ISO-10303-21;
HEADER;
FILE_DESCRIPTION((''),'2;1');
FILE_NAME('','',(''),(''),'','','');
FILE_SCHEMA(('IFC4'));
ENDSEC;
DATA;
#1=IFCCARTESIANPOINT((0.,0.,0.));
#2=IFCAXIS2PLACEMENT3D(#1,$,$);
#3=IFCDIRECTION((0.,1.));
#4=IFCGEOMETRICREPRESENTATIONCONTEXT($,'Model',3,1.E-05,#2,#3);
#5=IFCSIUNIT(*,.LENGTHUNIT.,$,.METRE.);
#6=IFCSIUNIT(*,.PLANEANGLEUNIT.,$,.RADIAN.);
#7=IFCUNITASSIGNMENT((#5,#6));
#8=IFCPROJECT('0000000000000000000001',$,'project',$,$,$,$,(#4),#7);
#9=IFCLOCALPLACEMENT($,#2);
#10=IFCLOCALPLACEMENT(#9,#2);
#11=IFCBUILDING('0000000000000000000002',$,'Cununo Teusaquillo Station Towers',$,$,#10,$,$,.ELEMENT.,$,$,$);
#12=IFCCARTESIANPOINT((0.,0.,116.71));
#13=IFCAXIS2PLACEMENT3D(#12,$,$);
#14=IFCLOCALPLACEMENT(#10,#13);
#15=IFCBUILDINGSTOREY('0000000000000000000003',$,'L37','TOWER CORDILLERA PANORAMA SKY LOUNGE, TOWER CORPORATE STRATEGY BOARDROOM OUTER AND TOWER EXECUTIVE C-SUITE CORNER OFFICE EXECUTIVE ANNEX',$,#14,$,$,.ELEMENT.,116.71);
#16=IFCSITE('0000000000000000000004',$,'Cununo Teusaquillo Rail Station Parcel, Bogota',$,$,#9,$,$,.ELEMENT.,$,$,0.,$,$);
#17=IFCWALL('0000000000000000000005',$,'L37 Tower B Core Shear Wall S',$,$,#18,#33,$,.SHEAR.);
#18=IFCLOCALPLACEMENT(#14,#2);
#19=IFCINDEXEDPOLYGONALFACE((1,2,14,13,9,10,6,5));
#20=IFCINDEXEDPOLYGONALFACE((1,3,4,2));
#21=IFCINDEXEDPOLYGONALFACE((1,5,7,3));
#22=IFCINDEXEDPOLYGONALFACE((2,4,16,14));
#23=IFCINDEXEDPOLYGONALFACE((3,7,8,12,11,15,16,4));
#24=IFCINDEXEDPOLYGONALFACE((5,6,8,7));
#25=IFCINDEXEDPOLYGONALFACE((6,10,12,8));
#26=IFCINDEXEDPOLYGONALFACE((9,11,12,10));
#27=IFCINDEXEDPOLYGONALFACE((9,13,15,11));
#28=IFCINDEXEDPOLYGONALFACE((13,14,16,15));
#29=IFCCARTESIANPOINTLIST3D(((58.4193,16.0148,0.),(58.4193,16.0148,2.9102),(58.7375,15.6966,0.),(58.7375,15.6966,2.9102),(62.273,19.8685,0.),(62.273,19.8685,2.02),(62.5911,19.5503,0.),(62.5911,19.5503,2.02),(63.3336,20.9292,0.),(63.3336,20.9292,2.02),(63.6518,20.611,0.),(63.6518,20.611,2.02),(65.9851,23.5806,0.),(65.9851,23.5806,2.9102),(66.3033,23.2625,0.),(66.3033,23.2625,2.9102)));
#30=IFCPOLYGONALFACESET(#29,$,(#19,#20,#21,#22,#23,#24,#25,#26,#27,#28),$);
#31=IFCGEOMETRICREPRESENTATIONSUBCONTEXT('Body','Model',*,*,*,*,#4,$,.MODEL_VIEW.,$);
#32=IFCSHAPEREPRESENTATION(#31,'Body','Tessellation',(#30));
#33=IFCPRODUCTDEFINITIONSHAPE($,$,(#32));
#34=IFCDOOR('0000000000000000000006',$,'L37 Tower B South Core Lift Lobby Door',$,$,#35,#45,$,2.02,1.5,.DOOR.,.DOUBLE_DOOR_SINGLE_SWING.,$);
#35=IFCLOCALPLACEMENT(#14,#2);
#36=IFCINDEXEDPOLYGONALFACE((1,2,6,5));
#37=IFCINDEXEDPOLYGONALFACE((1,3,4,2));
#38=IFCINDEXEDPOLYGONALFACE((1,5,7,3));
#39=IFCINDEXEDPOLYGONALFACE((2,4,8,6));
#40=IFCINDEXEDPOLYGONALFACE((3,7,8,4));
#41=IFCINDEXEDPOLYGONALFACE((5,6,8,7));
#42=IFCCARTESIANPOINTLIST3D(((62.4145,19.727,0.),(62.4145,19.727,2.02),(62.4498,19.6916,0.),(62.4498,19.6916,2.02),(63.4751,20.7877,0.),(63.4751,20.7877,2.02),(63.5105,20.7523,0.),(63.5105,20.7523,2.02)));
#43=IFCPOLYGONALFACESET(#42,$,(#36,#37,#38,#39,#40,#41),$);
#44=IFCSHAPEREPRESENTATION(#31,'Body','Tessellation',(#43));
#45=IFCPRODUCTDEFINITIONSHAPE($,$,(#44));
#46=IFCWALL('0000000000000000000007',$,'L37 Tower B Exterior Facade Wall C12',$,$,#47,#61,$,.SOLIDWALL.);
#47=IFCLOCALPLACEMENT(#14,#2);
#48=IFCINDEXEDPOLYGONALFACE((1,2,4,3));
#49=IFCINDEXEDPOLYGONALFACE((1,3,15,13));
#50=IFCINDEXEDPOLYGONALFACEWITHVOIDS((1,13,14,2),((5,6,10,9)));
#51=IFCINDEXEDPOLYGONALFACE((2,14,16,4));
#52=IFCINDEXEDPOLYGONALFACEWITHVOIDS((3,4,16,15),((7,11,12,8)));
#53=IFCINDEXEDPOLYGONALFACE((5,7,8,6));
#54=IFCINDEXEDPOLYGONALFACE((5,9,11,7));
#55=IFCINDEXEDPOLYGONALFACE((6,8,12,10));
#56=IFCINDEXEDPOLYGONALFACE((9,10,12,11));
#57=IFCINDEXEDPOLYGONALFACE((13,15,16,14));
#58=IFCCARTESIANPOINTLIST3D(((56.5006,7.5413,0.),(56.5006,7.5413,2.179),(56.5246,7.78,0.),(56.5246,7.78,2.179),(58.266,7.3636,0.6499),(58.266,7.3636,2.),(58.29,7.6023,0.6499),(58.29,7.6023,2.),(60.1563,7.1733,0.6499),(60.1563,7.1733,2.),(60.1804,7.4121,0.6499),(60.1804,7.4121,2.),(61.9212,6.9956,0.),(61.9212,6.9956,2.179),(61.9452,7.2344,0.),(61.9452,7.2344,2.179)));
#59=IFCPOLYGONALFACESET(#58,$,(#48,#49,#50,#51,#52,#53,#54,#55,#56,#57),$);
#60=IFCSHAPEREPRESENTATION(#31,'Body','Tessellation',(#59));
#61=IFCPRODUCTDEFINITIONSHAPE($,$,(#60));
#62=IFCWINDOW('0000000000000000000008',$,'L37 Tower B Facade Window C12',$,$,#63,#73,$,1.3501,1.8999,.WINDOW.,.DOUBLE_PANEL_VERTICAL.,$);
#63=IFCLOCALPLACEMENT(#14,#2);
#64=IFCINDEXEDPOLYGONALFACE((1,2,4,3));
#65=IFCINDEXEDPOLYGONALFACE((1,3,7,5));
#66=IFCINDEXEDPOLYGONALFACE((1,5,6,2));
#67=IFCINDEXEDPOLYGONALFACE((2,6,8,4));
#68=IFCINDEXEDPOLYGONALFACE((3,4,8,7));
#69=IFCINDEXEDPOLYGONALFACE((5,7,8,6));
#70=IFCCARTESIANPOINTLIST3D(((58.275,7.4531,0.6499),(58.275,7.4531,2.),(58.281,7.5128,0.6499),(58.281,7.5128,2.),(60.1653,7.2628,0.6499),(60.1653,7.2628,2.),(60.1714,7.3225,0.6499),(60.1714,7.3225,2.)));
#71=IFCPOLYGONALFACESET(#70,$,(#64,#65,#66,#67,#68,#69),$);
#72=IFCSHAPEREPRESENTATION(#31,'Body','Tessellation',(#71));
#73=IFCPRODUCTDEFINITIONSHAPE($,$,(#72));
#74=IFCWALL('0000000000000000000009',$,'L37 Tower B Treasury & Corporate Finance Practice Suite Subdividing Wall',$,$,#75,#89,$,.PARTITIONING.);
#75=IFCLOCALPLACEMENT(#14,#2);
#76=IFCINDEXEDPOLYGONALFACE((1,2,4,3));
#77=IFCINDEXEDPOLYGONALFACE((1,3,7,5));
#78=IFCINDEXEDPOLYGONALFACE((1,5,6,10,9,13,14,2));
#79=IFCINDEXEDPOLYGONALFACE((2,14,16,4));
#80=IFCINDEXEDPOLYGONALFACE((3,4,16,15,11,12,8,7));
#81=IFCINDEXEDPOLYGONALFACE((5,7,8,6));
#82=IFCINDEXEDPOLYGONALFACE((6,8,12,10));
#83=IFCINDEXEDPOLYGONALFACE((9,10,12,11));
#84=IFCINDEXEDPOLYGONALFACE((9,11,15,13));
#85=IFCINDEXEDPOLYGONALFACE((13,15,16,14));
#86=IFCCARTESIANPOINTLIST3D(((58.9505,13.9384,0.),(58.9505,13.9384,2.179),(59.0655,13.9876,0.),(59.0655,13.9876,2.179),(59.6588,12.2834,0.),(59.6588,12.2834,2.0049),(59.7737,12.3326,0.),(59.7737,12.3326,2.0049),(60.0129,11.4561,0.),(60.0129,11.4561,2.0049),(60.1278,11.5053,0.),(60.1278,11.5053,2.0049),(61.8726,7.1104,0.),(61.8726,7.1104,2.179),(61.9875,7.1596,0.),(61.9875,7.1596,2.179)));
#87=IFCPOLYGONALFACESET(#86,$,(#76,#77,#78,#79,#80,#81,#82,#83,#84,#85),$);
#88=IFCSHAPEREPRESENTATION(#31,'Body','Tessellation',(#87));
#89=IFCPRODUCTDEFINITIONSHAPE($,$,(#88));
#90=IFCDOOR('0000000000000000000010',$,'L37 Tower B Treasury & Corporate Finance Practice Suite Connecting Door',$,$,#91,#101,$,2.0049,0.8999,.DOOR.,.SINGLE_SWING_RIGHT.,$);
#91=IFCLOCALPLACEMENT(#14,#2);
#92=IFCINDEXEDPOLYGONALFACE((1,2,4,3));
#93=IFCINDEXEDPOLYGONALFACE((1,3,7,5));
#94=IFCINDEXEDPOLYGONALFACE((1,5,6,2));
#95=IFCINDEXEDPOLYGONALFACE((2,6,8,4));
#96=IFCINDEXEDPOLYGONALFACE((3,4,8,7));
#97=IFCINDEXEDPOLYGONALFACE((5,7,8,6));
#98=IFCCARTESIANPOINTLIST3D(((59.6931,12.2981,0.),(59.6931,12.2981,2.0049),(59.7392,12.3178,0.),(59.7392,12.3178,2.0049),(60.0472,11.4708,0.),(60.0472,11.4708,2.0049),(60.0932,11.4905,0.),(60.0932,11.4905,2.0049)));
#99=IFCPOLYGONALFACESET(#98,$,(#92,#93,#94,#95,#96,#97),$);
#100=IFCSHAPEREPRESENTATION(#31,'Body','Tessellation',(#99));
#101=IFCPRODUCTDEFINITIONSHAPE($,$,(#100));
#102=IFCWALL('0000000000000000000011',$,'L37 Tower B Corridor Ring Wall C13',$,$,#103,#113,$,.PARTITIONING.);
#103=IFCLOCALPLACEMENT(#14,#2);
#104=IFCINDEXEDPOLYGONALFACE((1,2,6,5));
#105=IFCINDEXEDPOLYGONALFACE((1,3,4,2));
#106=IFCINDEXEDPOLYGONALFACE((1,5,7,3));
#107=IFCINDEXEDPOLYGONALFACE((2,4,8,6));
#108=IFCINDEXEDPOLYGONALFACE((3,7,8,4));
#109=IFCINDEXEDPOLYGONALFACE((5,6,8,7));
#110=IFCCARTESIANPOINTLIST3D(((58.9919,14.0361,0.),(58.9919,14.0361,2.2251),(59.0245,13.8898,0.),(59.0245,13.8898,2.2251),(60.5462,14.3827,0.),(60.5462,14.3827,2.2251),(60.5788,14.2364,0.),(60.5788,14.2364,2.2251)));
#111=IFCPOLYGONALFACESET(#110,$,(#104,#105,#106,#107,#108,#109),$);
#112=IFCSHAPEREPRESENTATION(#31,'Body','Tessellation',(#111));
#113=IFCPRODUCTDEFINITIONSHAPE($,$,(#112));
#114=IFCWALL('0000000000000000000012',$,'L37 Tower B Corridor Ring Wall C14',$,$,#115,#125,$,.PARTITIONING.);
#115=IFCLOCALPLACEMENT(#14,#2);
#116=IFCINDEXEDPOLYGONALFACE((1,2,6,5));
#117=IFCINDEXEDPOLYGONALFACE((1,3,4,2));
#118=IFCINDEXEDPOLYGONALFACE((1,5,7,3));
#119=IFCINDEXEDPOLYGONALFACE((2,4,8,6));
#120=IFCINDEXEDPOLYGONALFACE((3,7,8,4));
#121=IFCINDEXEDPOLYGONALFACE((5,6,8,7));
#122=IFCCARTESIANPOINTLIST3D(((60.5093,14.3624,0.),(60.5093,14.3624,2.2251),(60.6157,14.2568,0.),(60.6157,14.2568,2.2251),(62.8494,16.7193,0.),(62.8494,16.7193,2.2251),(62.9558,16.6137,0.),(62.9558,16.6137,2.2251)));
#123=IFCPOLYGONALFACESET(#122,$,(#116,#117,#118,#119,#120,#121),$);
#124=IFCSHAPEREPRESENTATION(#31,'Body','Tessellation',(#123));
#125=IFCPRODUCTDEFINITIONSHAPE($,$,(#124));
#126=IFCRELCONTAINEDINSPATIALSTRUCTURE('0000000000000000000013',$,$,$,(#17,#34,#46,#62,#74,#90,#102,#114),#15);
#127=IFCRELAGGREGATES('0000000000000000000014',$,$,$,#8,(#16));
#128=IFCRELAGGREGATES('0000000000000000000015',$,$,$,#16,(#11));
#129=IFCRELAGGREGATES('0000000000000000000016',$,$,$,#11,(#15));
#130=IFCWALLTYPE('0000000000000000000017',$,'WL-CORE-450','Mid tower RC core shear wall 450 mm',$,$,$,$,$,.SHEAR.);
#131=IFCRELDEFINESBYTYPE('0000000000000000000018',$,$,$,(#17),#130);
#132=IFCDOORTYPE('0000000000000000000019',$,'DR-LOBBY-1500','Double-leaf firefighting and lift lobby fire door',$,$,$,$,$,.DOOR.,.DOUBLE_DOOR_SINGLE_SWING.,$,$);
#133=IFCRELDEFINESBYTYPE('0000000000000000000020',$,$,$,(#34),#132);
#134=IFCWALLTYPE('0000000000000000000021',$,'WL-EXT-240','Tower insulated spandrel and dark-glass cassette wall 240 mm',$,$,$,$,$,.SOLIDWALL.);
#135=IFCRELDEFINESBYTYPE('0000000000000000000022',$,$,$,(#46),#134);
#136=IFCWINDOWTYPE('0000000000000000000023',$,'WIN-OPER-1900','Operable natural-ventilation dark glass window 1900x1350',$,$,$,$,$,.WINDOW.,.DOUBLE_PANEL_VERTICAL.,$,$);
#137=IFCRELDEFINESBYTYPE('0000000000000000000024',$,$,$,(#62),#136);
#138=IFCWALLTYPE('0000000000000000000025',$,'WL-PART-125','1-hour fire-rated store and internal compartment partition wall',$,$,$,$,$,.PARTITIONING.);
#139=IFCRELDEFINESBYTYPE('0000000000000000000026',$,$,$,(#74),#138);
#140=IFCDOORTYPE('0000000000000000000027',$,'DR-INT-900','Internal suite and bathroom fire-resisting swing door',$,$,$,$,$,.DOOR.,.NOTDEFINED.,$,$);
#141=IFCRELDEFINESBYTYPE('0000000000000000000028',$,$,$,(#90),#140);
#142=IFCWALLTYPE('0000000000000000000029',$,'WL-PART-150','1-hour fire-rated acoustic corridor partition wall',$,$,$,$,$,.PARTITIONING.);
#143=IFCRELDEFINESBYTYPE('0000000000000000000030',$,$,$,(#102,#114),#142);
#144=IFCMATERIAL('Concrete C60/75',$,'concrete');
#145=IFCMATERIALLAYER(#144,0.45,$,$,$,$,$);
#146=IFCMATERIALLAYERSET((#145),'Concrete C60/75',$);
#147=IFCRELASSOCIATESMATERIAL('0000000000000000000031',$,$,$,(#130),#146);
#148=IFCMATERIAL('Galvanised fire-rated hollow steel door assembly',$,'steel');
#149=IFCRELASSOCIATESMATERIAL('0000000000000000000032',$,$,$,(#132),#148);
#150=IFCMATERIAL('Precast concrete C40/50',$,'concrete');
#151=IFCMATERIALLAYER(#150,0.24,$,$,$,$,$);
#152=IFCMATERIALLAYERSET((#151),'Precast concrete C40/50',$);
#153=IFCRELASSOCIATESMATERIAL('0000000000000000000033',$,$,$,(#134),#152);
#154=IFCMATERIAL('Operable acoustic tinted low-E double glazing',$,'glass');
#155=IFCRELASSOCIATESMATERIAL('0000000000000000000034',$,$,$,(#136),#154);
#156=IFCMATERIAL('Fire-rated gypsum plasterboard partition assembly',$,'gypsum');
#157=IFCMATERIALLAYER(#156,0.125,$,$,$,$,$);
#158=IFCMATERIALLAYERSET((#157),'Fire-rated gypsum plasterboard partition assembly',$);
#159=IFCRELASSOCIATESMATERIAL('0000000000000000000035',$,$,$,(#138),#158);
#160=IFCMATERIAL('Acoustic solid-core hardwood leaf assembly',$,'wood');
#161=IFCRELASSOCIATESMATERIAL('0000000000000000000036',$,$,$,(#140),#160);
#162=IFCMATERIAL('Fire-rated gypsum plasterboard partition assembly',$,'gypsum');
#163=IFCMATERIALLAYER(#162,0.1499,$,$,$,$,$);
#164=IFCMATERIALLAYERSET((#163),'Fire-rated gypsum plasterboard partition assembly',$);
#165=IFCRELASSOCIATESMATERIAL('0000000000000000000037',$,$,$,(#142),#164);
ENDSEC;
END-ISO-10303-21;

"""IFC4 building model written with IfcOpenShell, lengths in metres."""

from ifc_helpers import new_model, si_unit, direction, frame, frame_2d, origin, place, context, subcontext, project, spatial, rectangle, extrude, source, transform, mapped, material, layer, layer_set, type_object, element, fill, save


model = new_model("IFC4")

# Units and contexts
model_context = context("Model", 3, precision=1e-05, world=origin(), true_north=direction((0.0, 1.0)))
body_context = subcontext(model_context, "Body", "Model", "MODEL_VIEW")
ifc_project = project(units=[si_unit("LENGTHUNIT", "METRE"), si_unit("PLANEANGLEUNIT", "RADIAN")], contexts=[model_context])

# Site, building, storey
site_placement = place(None, origin())
site = spatial("IfcSite", under=ifc_project, at=site_placement, Name="Cununo Teusaquillo Rail Station Parcel, Bogota", CompositionType="ELEMENT", RefElevation=0.0)
building_placement = place(site_placement, origin())
building = spatial("IfcBuilding", under=site, at=building_placement, Name="Cununo Teusaquillo Station Towers", CompositionType="ELEMENT")
storey_placement = place(building_placement, frame((0.0, 0.0, 116.71)))
storey = spatial("IfcBuildingStorey", under=building, at=storey_placement, Name="L37", Description="TOWER CORDILLERA PANORAMA SKY LOUNGE, TOWER CORPORATE STRATEGY BOARDROOM OUTER AND TOWER EXECUTIVE C-SUITE CORNER OFFICE EXECUTIVE ANNEX", CompositionType="ELEMENT", Elevation=116.71)

# Shared definitions
ifc_material_1 = material(Name="Concrete C60/75", Category="concrete")
ifc_layer_1 = layer(ifc_material_1, 0.45)
ifc_layer_set_1 = layer_set([ifc_layer_1], Name="Concrete C60/75")
wall_type_1 = type_object("IfcWallType", Name="WL-CORE-450", Description="Mid tower RC core shear wall 450 mm", PredefinedType="SHEAR", material=ifc_layer_set_1)

# Wall, opening, door
wall_1_placement = place(storey_placement, frame((58.5784, 15.8557, 0.0), z_axis=(0.0, 0.0, 1.0), x_axis=(0.707107, 0.707107, 0.0)))
wall_1 = element("IfcWall", 1, at=wall_1_placement, inside=storey, type_object=wall_type_1, Name="L37 Tower B Core Shear Wall S", PredefinedType="SHEAR", context=body_context, shape_type="SweptSolid", body=[
    extrude(rectangle(XDim=10.6997, YDim=0.45, at=frame_2d((5.3499, 0.0))), origin(), (0.0, 0.0, 1.0), 2.9102),
])
shared_shape_1 = source(origin(), body_context, "Body", "SweptSolid", [
    extrude(rectangle(XDim=1.5, YDim=2.02, at=frame_2d((0.75, 1.01))), frame((0.0, 0.2349, 0.0), z_axis=(0.0, -1.0, 0.0), x_axis=(1.0, 0.0, 0.0)), (0.0, 0.0, 1.0), 0.47),
])
opening_1_placement = place(wall_1_placement, frame((5.45, 0.0, 0.0)))
opening_1 = element("IfcOpeningElement", 2, at=opening_1_placement, cuts=wall_1, PredefinedType="OPENING", context=body_context, shape_type="MappedRepresentation", body=[
    mapped(shared_shape_1, transform((0.0, 0.0, 0.0), x_axis=(1.0, 0.0, 0.0), y_axis=(0.0, 1.0, 0.0), z_axis=(0.0, 0.0, 1.0), scale=1.0)),
])
ifc_material_2 = material(Name="Galvanised fire-rated hollow steel door assembly", Category="steel")
door_type_1 = type_object("IfcDoorType", Name="DR-LOBBY-1500", Description="Double-leaf firefighting and lift lobby fire door", OperationType="DOUBLE_DOOR_SINGLE_SWING", PredefinedType="DOOR", material=ifc_material_2)
shared_shape_2 = source(origin(), body_context, "Body", "SweptSolid", [
    extrude(rectangle(XDim=1.5, YDim=2.02, at=frame_2d((0.75, 1.01))), frame((0.0, 0.0249, 0.0), z_axis=(0.0, -1.0, 0.0), x_axis=(1.0, 0.0, 0.0)), (0.0, 0.0, 1.0), 0.05),
])
door_1_placement = place(opening_1_placement, origin())
door_1 = element("IfcDoor", 3, at=door_1_placement, inside=storey, type_object=door_type_1, Name="L37 Tower B South Core Lift Lobby Door", OperationType="DOUBLE_DOOR_SINGLE_SWING", OverallHeight=2.02, OverallWidth=1.5, PredefinedType="DOOR", context=body_context, shape_type="MappedRepresentation", body=[
    mapped(shared_shape_2, transform((0.0, 0.0, 0.0), x_axis=(1.0, 0.0, 0.0), y_axis=(0.0, 1.0, 0.0), z_axis=(0.0, 0.0, 1.0), scale=1.0)),
])
fill(opening_1, door_1)

# Wall, opening, window
ifc_material_3 = material(Name="Precast concrete C40/50", Category="concrete")
ifc_layer_2 = layer(ifc_material_3, 0.24)
ifc_layer_set_2 = layer_set([ifc_layer_2], Name="Precast concrete C40/50")
wall_type_2 = type_object("IfcWallType", Name="WL-EXT-240", Description="Tower insulated spandrel and dark-glass cassette wall 240 mm", PredefinedType="SOLIDWALL", material=ifc_layer_set_2)
wall_2_placement = place(storey_placement, frame((61.9333, 7.115, 0.0), z_axis=(0.0, 0.0, 1.0), x_axis=(-0.994972, 0.100156, 0.0)))
wall_2 = element("IfcWall", 4, at=wall_2_placement, inside=storey, type_object=wall_type_2, Name="L37 Tower B Exterior Facade Wall C12", PredefinedType="SOLIDWALL", context=body_context, shape_type="SweptSolid", body=[
    extrude(rectangle(XDim=5.448, YDim=0.24, at=frame_2d((2.7241, 0.0))), origin(), (0.0, 0.0, 1.0), 2.179),
])
shared_shape_3 = source(origin(), body_context, "Body", "SweptSolid", [
    extrude(rectangle(XDim=1.8999, YDim=1.3501, at=frame_2d((0.95, 0.675))), frame((0.0, 0.1299, 0.0), z_axis=(0.0, -1.0, 0.0), x_axis=(1.0, 0.0, 0.0)), (0.0, 0.0, 1.0), 0.26),
])
opening_2_placement = place(wall_2_placement, frame((1.7739, 0.0, 0.6499)))
opening_2 = element("IfcOpeningElement", 5, at=opening_2_placement, cuts=wall_2, PredefinedType="OPENING", context=body_context, shape_type="MappedRepresentation", body=[
    mapped(shared_shape_3, transform((0.0, 0.0, 0.0), x_axis=(1.0, 0.0, 0.0), y_axis=(0.0, 1.0, 0.0), z_axis=(0.0, 0.0, 1.0), scale=1.0)),
])
ifc_material_4 = material(Name="Operable acoustic tinted low-E double glazing", Category="glass")
window_type = type_object("IfcWindowType", Name="WIN-OPER-1900", Description="Operable natural-ventilation dark glass window 1900x1350", PartitioningType="DOUBLE_PANEL_VERTICAL", PredefinedType="WINDOW", material=ifc_material_4)
shared_shape_4 = source(origin(), body_context, "Body", "SweptSolid", [
    extrude(rectangle(XDim=1.8999, YDim=1.3501, at=frame_2d((0.95, 0.675))), frame((0.0, 0.03, 0.0), z_axis=(0.0, -1.0, 0.0), x_axis=(1.0, 0.0, 0.0)), (0.0, 0.0, 1.0), 0.0601),
])
window_placement = place(opening_2_placement, origin())
window = element("IfcWindow", 6, at=window_placement, inside=storey, type_object=window_type, Name="L37 Tower B Facade Window C12", OverallHeight=1.3501, OverallWidth=1.8999, PartitioningType="DOUBLE_PANEL_VERTICAL", PredefinedType="WINDOW", context=body_context, shape_type="MappedRepresentation", body=[
    mapped(shared_shape_4, transform((0.0, 0.0, 0.0), x_axis=(1.0, 0.0, 0.0), y_axis=(0.0, 1.0, 0.0), z_axis=(0.0, 0.0, 1.0), scale=1.0)),
])
fill(opening_2, window)

# Wall, opening, door
ifc_material_5 = material(Name="Fire-rated gypsum plasterboard partition assembly", Category="gypsum")
ifc_layer_3 = layer(ifc_material_5, 0.125)
ifc_layer_set_3 = layer_set([ifc_layer_3], Name="Fire-rated gypsum plasterboard partition assembly")
wall_type_3 = type_object("IfcWallType", Name="WL-PART-125", Description="1-hour fire-rated store and internal compartment partition wall", PredefinedType="PARTITIONING", material=ifc_layer_set_3)
wall_3_placement = place(storey_placement, frame((59.0081, 13.9629, 0.0), z_axis=(0.0, 0.0, 1.0), x_axis=(0.393439, -0.919351, 0.0)))
wall_3 = element("IfcWall", 7, at=wall_3_placement, inside=storey, type_object=wall_type_3, Name="L37 Tower B Treasury & Corporate Finance Practice Suite Subdividing Wall", PredefinedType="PARTITIONING", context=body_context, shape_type="SweptSolid", body=[
    extrude(rectangle(XDim=7.427, YDim=0.125, at=frame_2d((3.7134, 0.0))), origin(), (0.0, 0.0, 1.0), 2.179),
])
shared_shape_5 = source(origin(), body_context, "Body", "SweptSolid", [
    extrude(rectangle(XDim=0.8999, YDim=2.0049, at=frame_2d((0.45, 1.0024))), frame((0.0, 0.0725, 0.0), z_axis=(0.0, -1.0, 0.0), x_axis=(1.0, 0.0, 0.0)), (0.0, 0.0, 1.0), 0.145),
])
opening_3_placement = place(wall_3_placement, frame((1.8, 0.0, 0.0)))
opening_3 = element("IfcOpeningElement", 8, at=opening_3_placement, cuts=wall_3, PredefinedType="OPENING", context=body_context, shape_type="MappedRepresentation", body=[
    mapped(shared_shape_5, transform((0.0, 0.0, 0.0), x_axis=(1.0, 0.0, 0.0), y_axis=(0.0, 1.0, 0.0), z_axis=(0.0, 0.0, 1.0), scale=1.0)),
])
ifc_material_6 = material(Name="Acoustic solid-core hardwood leaf assembly", Category="wood")
door_type_2 = type_object("IfcDoorType", Name="DR-INT-900", Description="Internal suite and bathroom fire-resisting swing door", OperationType="NOTDEFINED", PredefinedType="DOOR", material=ifc_material_6)
shared_shape_6 = source(origin(), body_context, "Body", "SweptSolid", [
    extrude(rectangle(XDim=0.8999, YDim=2.0049, at=frame_2d((0.45, 1.0024))), frame((0.0, 0.0249, 0.0), z_axis=(0.0, -1.0, 0.0), x_axis=(1.0, 0.0, 0.0)), (0.0, 0.0, 1.0), 0.05),
])
door_2_placement = place(opening_3_placement, origin())
door_2 = element("IfcDoor", 9, at=door_2_placement, inside=storey, type_object=door_type_2, Name="L37 Tower B Treasury & Corporate Finance Practice Suite Connecting Door", OperationType="SINGLE_SWING_RIGHT", OverallHeight=2.0049, OverallWidth=0.8999, PredefinedType="DOOR", context=body_context, shape_type="MappedRepresentation", body=[
    mapped(shared_shape_6, transform((0.0, 0.0, 0.0), x_axis=(1.0, 0.0, 0.0), y_axis=(0.0, 1.0, 0.0), z_axis=(0.0, 0.0, 1.0), scale=1.0)),
])
fill(opening_3, door_2)

# Walls
ifc_material_7 = material(Name="Fire-rated gypsum plasterboard partition assembly", Category="gypsum")
ifc_layer_4 = layer(ifc_material_7, 0.1499)
ifc_layer_set_4 = layer_set([ifc_layer_4], Name="Fire-rated gypsum plasterboard partition assembly")
wall_type_4 = type_object("IfcWallType", Name="WL-PART-150", Description="1-hour fire-rated acoustic corridor partition wall", PredefinedType="PARTITIONING", material=ifc_layer_set_4)
wall_4_placement = place(storey_placement, frame((59.0081, 13.9629, 0.0), z_axis=(0.0, 0.0, 1.0), x_axis=(0.976021, 0.217677, 0.0)))
element("IfcWall", 10, at=wall_4_placement, inside=storey, type_object=wall_type_4, Name="L37 Tower B Corridor Ring Wall C13", PredefinedType="PARTITIONING", context=body_context, shape_type="SweptSolid", body=[
    extrude(rectangle(XDim=1.5925, YDim=0.1499, at=frame_2d((0.7964, 0.0))), origin(), (0.0, 0.0, 1.0), 2.2251),
])
wall_5_placement = place(storey_placement, frame((60.5625, 14.3096, 0.0), z_axis=(0.0, 0.0, 1.0), x_axis=(0.704566, 0.709638, 0.0)))
element("IfcWall", 11, at=wall_5_placement, inside=storey, type_object=wall_type_4, Name="L37 Tower B Corridor Ring Wall C14", PredefinedType="PARTITIONING", context=body_context, shape_type="SweptSolid", body=[
    extrude(rectangle(XDim=3.3213, YDim=0.1499, at=frame_2d((1.6606, 0.0))), origin(), (0.0, 0.0, 1.0), 2.2251),
])

save(model, "model.ifc")
